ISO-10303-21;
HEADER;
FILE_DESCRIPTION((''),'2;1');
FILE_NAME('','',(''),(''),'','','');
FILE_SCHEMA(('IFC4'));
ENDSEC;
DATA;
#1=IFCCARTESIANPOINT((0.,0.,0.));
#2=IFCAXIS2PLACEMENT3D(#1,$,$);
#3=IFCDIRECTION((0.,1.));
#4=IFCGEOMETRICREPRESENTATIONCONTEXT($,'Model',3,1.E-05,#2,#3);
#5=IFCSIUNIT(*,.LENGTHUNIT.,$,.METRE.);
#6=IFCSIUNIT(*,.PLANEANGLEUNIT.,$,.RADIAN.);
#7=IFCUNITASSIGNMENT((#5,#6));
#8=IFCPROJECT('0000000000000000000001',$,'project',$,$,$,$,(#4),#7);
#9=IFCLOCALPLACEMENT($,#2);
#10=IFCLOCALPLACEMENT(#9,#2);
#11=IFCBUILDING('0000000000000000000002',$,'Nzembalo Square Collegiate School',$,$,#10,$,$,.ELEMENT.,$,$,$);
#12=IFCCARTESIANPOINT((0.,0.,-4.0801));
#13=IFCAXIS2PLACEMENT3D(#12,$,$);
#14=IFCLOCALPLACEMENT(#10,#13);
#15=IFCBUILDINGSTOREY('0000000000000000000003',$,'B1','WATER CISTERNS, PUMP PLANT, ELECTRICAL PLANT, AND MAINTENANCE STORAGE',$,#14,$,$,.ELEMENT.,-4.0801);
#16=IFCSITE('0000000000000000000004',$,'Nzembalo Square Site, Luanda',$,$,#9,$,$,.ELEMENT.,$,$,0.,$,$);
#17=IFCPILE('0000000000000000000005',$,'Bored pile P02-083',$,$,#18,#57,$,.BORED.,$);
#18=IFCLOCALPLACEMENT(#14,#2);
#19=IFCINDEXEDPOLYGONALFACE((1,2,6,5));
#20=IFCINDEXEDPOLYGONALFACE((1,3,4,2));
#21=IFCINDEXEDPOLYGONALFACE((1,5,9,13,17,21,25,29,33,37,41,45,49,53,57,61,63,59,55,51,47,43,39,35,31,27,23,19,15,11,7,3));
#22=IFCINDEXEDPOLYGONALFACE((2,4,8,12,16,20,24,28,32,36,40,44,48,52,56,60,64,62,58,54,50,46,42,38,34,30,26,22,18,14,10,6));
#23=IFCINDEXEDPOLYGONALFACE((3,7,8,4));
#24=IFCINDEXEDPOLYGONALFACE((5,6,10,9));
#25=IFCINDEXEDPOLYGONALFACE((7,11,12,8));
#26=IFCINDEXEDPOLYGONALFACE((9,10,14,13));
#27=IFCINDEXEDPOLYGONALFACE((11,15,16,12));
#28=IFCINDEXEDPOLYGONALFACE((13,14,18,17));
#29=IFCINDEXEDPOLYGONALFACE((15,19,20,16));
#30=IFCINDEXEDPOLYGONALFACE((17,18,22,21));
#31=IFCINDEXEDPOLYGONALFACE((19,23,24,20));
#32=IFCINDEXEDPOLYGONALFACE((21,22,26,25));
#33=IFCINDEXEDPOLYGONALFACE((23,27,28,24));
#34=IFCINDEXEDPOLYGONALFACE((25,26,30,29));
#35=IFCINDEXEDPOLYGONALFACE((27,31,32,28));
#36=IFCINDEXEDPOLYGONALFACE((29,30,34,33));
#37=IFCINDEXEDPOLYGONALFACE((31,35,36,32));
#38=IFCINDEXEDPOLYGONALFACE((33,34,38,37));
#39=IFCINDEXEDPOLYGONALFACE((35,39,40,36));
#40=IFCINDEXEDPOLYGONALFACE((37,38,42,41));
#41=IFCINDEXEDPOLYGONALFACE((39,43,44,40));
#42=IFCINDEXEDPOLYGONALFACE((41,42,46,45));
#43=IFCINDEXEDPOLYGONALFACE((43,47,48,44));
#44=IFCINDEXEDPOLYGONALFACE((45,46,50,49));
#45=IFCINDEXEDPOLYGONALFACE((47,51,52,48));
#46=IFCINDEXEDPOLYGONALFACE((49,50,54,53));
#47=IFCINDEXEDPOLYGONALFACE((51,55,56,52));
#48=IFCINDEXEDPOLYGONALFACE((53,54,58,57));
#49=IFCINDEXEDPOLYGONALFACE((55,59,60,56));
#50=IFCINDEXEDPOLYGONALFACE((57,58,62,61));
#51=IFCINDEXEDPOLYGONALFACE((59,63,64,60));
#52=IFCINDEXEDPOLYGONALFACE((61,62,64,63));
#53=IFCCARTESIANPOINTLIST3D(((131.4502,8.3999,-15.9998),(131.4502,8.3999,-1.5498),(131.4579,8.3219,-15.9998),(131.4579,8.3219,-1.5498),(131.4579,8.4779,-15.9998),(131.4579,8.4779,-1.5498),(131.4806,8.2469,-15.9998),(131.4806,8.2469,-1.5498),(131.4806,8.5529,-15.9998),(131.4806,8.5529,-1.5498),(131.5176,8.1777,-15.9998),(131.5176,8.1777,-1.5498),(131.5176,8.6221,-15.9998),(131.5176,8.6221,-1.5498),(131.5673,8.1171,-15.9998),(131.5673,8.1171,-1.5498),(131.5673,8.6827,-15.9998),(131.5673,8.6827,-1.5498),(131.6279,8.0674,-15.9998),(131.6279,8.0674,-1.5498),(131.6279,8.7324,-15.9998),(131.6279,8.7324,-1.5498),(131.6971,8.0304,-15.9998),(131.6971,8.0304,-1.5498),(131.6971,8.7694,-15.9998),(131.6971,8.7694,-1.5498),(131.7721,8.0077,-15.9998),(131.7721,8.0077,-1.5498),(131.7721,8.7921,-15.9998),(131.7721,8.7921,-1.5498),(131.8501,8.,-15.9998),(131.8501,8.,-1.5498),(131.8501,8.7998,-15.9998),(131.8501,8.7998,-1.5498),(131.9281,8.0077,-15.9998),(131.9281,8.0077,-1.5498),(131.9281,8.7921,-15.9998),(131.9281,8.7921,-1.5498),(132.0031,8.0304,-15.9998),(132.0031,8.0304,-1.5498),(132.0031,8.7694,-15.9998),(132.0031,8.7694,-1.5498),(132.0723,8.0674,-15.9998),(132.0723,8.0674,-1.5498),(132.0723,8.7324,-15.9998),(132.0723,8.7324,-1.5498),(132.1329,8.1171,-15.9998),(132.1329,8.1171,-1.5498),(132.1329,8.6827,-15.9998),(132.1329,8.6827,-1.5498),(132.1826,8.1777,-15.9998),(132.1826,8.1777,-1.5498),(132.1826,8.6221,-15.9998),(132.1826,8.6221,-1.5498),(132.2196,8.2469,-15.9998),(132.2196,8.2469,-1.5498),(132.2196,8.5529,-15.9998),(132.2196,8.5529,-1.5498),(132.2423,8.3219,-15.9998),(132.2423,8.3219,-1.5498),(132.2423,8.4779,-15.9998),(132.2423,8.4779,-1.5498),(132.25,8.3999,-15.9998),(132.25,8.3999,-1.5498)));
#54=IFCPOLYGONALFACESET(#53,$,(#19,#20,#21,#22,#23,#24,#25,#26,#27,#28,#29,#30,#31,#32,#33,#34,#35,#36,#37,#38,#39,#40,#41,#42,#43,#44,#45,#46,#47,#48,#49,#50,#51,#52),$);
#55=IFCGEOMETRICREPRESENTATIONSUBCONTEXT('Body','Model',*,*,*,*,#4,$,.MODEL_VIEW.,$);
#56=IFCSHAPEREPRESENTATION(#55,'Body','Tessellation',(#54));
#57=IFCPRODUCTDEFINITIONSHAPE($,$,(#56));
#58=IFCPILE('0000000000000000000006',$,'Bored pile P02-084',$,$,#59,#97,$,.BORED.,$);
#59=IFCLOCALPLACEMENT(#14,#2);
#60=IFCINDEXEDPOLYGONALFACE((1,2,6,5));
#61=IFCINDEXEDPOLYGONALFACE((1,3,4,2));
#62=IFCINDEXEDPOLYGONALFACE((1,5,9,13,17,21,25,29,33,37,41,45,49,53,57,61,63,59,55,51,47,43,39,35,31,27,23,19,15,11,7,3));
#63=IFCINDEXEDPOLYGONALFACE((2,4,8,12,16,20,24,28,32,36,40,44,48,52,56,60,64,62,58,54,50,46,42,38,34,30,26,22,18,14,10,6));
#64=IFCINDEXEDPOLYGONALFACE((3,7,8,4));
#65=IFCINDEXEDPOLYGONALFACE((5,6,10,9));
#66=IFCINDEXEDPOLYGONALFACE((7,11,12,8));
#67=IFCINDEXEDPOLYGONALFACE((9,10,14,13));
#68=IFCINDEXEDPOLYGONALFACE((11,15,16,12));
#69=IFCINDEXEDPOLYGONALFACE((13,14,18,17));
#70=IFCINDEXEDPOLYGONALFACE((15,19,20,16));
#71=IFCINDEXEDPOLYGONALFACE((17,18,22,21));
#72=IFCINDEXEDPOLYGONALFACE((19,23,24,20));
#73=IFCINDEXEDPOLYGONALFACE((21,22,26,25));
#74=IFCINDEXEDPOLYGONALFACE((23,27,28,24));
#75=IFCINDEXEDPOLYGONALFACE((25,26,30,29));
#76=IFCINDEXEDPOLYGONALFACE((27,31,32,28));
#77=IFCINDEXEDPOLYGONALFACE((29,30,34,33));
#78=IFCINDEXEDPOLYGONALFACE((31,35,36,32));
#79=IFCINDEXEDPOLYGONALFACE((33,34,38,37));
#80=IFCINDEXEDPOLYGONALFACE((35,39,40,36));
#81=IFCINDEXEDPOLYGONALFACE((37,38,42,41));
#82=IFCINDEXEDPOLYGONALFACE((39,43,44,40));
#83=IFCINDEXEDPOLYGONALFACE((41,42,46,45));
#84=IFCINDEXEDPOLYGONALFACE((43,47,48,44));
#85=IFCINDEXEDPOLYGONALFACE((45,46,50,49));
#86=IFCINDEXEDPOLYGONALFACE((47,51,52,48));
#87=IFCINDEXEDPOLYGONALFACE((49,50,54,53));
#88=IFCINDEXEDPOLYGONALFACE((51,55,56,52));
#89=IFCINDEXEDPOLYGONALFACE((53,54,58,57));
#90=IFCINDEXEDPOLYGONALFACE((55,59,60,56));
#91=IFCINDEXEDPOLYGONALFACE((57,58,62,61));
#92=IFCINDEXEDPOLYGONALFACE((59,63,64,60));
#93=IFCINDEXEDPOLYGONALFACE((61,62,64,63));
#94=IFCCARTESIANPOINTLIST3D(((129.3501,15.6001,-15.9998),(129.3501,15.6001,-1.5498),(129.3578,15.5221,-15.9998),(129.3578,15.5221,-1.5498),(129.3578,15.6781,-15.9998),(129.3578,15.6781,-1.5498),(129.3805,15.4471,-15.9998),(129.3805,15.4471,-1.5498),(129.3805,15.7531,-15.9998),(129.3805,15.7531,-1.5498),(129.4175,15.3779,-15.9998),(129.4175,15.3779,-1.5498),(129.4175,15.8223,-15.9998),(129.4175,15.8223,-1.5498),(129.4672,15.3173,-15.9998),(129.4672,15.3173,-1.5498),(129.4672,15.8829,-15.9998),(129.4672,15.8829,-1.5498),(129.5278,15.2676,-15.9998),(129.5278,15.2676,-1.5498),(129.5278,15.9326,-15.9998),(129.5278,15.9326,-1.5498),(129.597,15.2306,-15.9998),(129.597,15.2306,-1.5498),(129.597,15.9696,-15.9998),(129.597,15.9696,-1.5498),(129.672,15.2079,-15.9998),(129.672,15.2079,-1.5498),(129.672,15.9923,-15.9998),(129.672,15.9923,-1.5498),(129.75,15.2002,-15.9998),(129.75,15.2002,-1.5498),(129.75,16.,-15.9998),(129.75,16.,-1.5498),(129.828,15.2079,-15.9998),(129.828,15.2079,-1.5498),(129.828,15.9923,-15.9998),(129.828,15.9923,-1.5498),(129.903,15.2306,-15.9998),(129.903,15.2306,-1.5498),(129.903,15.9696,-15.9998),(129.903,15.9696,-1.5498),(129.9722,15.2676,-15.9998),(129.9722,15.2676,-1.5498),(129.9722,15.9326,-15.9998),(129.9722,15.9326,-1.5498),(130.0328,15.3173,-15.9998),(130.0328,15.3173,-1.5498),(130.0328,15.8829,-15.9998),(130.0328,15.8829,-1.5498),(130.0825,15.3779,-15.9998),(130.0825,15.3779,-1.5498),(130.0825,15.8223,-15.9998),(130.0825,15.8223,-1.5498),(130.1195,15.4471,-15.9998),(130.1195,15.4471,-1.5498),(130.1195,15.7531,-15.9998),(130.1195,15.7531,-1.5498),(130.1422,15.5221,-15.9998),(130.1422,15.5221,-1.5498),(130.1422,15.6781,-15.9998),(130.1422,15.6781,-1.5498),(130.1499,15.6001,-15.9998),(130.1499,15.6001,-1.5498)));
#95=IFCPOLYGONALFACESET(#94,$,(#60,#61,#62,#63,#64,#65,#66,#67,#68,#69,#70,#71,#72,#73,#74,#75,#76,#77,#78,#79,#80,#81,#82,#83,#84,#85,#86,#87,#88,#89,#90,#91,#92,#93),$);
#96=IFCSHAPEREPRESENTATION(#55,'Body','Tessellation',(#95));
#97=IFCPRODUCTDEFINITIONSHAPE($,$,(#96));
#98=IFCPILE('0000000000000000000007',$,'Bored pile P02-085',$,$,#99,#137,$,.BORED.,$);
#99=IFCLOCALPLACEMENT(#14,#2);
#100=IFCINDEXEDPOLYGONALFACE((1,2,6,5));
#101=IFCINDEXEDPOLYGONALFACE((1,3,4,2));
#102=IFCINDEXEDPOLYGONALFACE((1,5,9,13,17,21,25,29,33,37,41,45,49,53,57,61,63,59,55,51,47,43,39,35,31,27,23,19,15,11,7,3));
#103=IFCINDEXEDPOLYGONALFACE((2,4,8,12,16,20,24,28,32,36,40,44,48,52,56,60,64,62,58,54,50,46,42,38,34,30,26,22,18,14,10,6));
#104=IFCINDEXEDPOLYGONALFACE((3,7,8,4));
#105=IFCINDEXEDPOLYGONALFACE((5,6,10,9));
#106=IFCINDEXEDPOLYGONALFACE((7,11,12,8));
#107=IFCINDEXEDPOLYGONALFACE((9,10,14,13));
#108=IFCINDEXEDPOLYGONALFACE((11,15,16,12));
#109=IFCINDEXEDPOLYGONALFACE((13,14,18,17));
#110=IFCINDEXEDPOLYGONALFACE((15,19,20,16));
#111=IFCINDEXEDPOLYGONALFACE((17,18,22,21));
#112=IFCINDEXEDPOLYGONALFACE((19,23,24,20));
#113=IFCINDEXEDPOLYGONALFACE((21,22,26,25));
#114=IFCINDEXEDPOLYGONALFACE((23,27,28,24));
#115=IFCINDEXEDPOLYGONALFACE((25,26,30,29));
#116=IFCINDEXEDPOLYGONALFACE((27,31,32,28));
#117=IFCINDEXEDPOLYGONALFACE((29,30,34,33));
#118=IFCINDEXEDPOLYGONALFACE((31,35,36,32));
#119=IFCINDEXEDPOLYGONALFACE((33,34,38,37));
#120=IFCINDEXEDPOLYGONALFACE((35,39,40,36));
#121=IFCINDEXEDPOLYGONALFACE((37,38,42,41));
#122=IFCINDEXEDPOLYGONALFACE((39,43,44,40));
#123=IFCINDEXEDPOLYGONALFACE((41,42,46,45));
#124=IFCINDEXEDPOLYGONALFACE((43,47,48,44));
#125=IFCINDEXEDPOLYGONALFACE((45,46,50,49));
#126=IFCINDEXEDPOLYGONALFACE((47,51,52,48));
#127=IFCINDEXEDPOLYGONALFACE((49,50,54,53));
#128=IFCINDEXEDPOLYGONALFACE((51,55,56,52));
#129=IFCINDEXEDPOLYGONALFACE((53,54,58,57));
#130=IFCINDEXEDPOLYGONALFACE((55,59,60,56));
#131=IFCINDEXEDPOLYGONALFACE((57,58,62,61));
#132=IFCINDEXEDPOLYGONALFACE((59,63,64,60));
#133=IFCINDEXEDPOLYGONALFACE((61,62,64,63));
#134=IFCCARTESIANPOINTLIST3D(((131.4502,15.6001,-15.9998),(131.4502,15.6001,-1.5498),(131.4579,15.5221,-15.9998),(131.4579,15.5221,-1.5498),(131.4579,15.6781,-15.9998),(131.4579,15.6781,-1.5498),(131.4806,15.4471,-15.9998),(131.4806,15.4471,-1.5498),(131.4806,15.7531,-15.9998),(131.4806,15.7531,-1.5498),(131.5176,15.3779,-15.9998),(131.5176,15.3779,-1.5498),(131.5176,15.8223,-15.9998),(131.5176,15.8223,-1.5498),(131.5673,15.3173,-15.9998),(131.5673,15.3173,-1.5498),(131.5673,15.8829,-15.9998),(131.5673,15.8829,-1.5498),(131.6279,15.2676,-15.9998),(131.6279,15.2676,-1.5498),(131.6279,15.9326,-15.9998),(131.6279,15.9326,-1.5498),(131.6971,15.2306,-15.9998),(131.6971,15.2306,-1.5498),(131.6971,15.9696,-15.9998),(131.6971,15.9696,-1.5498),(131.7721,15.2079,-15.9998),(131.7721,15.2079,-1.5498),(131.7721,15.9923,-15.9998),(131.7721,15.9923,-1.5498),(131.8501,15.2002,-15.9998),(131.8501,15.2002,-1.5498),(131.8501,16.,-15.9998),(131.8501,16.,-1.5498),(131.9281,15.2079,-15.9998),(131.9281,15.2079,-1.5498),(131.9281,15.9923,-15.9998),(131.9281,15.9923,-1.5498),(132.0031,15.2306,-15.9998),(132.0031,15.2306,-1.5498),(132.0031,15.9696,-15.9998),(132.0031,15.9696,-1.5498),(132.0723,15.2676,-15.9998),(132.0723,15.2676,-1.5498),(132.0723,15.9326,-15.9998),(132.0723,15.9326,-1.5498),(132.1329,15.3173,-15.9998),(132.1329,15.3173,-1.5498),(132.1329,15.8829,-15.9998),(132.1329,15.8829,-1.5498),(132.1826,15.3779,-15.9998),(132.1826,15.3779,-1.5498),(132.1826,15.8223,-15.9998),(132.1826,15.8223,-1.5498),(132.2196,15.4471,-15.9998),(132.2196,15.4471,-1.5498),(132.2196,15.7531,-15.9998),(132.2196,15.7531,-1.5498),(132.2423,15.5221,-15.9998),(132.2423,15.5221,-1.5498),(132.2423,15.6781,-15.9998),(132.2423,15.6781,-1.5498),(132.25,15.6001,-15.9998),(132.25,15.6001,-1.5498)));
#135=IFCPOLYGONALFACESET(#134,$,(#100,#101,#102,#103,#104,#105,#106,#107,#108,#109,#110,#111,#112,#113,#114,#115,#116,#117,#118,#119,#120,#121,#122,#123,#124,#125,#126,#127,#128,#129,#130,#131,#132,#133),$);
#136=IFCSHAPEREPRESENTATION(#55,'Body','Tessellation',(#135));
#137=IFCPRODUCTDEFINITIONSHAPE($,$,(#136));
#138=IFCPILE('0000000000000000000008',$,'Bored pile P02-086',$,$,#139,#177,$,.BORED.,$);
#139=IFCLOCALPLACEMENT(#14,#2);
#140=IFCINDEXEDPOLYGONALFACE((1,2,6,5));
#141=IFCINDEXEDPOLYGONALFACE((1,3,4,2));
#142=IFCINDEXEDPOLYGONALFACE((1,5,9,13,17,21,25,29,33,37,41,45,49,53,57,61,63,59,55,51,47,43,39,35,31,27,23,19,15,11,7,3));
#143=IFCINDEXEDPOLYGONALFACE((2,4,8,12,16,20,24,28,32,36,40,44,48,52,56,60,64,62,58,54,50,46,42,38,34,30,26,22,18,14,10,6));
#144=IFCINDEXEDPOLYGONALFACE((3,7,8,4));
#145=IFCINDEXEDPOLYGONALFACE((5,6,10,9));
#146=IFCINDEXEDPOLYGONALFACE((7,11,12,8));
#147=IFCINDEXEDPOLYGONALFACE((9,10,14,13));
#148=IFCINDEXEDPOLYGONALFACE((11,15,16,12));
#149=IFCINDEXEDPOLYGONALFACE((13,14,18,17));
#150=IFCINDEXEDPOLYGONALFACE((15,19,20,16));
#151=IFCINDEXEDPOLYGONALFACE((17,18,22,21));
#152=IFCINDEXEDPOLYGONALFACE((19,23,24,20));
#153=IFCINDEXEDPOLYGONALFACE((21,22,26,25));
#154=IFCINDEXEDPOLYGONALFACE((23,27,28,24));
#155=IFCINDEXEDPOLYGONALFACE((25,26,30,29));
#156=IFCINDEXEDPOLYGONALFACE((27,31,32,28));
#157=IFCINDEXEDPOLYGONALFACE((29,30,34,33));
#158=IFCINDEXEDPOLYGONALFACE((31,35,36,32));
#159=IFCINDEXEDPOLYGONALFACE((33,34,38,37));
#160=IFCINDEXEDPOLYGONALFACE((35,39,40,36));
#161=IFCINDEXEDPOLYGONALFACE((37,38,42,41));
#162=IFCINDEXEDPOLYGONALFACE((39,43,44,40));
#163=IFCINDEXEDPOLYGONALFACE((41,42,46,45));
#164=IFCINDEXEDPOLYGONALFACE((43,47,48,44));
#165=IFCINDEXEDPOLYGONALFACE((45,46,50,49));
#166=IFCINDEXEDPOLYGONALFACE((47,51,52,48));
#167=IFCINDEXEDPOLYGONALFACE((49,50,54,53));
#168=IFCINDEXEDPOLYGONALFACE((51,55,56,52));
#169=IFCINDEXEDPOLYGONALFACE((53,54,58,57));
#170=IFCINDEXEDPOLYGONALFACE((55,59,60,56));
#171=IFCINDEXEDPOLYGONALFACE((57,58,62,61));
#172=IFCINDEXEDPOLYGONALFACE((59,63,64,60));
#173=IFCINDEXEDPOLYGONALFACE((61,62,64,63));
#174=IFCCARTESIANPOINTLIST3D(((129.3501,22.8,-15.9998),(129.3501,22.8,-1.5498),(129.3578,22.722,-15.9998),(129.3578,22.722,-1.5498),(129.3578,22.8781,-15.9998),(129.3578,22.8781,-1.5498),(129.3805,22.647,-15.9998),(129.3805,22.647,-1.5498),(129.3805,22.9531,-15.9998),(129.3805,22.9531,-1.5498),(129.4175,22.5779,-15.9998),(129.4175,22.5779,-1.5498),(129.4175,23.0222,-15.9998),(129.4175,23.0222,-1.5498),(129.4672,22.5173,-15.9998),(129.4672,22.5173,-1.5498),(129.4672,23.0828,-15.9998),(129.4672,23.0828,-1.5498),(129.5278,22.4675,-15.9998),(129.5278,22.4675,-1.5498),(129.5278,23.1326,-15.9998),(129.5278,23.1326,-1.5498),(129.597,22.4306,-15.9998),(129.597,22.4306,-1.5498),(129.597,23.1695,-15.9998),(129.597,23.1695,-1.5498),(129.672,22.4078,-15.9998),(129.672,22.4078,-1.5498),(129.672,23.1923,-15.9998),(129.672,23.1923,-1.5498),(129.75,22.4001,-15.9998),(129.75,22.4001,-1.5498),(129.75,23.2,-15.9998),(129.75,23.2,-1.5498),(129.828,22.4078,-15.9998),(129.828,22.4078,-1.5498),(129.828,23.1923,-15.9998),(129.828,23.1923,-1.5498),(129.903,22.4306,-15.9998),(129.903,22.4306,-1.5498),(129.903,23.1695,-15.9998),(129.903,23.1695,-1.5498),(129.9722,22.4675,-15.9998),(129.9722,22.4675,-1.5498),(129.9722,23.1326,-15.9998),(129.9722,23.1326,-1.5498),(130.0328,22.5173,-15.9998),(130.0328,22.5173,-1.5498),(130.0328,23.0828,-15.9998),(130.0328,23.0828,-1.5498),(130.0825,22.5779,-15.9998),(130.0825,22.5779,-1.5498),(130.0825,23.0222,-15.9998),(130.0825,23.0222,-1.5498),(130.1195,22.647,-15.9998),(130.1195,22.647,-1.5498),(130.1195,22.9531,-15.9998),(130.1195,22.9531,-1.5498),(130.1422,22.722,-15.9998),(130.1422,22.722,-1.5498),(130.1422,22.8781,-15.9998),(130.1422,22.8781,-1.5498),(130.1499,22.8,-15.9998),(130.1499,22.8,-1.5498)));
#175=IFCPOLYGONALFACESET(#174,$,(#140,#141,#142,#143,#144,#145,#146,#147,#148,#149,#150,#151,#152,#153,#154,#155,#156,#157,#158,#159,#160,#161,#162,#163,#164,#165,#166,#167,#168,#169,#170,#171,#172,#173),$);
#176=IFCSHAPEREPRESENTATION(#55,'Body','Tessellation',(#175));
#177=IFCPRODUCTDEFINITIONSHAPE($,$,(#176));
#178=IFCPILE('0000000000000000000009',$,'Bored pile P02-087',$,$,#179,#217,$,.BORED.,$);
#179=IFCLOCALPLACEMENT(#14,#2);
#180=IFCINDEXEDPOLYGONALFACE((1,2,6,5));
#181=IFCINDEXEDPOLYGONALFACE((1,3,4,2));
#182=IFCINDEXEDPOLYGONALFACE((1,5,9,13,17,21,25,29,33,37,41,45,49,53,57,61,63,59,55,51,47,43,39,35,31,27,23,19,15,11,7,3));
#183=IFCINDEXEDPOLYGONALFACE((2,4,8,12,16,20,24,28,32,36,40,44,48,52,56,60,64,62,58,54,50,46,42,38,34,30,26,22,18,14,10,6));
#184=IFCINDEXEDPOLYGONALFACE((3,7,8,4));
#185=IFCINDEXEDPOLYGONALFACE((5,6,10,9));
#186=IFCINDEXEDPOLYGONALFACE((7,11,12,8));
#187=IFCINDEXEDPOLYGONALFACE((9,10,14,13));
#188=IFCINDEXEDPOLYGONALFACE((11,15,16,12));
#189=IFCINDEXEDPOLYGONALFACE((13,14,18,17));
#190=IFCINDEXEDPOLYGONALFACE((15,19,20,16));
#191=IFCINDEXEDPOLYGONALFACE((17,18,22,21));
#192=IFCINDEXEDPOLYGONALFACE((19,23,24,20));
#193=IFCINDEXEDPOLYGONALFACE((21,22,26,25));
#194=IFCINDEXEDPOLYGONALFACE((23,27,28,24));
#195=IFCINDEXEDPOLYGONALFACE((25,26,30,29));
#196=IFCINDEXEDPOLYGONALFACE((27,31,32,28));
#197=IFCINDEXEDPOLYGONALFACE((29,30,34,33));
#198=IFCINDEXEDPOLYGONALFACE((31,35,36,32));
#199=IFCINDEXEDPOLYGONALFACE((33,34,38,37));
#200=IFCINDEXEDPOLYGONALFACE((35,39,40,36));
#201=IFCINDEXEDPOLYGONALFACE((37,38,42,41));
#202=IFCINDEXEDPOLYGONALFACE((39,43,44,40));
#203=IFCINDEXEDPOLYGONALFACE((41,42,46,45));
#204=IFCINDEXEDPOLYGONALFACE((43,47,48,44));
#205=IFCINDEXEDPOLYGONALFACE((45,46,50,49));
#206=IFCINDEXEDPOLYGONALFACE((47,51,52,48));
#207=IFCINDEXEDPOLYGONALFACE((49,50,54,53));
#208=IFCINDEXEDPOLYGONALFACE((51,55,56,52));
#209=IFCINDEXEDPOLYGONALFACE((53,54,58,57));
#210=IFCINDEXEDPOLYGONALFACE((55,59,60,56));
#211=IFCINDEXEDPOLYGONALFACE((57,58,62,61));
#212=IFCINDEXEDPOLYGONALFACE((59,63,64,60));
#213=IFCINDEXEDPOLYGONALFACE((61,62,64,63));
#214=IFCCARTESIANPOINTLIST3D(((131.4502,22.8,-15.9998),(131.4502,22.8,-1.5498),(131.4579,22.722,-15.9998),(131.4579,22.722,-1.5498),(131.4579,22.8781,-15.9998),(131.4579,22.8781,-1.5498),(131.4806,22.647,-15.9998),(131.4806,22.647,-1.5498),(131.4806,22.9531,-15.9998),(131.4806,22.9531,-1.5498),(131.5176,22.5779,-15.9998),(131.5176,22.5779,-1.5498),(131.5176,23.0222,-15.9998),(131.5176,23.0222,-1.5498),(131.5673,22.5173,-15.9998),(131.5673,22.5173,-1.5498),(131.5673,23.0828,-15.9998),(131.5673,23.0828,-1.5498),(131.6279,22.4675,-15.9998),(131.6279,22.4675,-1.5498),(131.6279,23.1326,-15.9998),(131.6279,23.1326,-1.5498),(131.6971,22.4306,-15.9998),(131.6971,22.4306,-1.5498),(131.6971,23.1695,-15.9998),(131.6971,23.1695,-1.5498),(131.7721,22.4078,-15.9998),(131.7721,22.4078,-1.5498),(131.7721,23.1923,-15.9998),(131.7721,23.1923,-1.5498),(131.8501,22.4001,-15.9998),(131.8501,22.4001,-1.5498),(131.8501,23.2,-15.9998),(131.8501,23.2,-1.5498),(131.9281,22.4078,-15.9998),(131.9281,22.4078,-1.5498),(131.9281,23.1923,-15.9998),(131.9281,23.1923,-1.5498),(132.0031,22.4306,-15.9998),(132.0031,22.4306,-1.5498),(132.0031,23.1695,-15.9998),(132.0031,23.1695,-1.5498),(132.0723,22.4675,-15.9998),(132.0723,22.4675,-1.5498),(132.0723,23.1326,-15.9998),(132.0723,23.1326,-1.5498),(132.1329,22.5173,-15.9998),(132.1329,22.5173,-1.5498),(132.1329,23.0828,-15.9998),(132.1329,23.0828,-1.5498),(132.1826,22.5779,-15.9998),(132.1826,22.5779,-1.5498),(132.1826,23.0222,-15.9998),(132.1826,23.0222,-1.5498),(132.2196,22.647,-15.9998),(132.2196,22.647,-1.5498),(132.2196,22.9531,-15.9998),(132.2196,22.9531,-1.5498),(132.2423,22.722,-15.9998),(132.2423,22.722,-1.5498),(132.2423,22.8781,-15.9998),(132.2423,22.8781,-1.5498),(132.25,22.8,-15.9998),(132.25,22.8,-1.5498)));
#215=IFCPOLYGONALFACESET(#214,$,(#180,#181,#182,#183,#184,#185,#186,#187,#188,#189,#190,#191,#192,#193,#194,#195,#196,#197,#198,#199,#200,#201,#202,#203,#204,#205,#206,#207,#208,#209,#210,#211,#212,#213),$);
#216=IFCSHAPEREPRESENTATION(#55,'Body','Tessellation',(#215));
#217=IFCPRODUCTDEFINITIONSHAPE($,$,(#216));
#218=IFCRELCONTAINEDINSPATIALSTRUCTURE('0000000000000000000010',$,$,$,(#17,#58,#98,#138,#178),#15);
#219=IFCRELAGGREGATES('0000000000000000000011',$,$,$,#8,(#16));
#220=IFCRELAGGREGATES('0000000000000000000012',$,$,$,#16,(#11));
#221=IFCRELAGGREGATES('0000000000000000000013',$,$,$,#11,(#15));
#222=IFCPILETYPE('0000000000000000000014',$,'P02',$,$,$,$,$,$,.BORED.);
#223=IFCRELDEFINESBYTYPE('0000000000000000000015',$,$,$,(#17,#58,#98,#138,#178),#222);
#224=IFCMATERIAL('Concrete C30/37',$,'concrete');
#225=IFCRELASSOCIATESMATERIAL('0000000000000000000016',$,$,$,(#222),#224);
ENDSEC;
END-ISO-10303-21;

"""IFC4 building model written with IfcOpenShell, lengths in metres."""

from ifc_helpers import new_model, si_unit, direction, frame, origin, origin_2d, place, context, subcontext, project, spatial, circle, extrude, material, material_profile, profile_set, type_object, element, save


model = new_model("IFC4")

# Units and contexts
model_context = context("Model", 3, precision=1e-05, world=origin(), true_north=direction((0.0, 1.0)))
body_context = subcontext(model_context, "Body", "Model", "MODEL_VIEW")
ifc_project = project(units=[si_unit("LENGTHUNIT", "METRE"), si_unit("PLANEANGLEUNIT", "RADIAN")], contexts=[model_context])

# Site, building, storey
site_placement = place(None, origin())
site = spatial("IfcSite", under=ifc_project, at=site_placement, Name="Nzembalo Square Site, Luanda", CompositionType="ELEMENT", RefElevation=0.0)
building_placement = place(site_placement, origin())
building = spatial("IfcBuilding", under=site, at=building_placement, Name="Nzembalo Square Collegiate School", CompositionType="ELEMENT")
storey_placement = place(building_placement, frame((0.0, 0.0, -4.0801)))
storey = spatial("IfcBuildingStorey", under=building, at=storey_placement, Name="B1", Description="WATER CISTERNS, PUMP PLANT, ELECTRICAL PLANT, AND MAINTENANCE STORAGE", CompositionType="ELEMENT", Elevation=-4.0801)

# Piles
ifc_material_1 = material(Name="Concrete C30/37", Category="concrete")
ifc_material_profile_1 = material_profile(ifc_material_1, circle(Radius=0.3999, at=origin_2d()), Name="PILE D800")
ifc_profile_set_1 = profile_set([ifc_material_profile_1], Name="Concrete C30/37")
pile_type = type_object("IfcPileType", Name="P02", PredefinedType="BORED", material=ifc_profile_set_1)
for number, where, z_axis, x_axis, name in (
    (1, (131.8501, 8.3999, -1.5498), (0.0, 0.0, -1.0), (1.0, 0.0, 0.0), "Bored pile P02-083"),
    (2, (129.75, 15.6001, -1.5498), (0.0, 0.0, -1.0), (1.0, 0.0, 0.0), "Bored pile P02-084"),
    (3, (131.8501, 15.6001, -1.5498), (0.0, 0.0, -1.0), (1.0, 0.0, 0.0), "Bored pile P02-085"),
    (4, (129.75, 22.8, -1.5498), (0.0, 0.0, -1.0), (1.0, 0.0, 0.0), "Bored pile P02-086"),
    (5, (131.8501, 22.8, -1.5498), (0.0, 0.0, -1.0), (1.0, 0.0, 0.0), "Bored pile P02-087"),
):
    element("IfcPile", number, at=place(storey_placement, frame(where, z_axis=z_axis, x_axis=x_axis)), inside=storey, type_object=pile_type, Name=name, PredefinedType="BORED", context=body_context, shape_type="SweptSolid", body=[
        extrude(circle(Radius=0.3999, at=origin_2d()), origin(), (0.0, 0.0, 1.0), 14.45),
    ])

save(model, "model.ifc")
